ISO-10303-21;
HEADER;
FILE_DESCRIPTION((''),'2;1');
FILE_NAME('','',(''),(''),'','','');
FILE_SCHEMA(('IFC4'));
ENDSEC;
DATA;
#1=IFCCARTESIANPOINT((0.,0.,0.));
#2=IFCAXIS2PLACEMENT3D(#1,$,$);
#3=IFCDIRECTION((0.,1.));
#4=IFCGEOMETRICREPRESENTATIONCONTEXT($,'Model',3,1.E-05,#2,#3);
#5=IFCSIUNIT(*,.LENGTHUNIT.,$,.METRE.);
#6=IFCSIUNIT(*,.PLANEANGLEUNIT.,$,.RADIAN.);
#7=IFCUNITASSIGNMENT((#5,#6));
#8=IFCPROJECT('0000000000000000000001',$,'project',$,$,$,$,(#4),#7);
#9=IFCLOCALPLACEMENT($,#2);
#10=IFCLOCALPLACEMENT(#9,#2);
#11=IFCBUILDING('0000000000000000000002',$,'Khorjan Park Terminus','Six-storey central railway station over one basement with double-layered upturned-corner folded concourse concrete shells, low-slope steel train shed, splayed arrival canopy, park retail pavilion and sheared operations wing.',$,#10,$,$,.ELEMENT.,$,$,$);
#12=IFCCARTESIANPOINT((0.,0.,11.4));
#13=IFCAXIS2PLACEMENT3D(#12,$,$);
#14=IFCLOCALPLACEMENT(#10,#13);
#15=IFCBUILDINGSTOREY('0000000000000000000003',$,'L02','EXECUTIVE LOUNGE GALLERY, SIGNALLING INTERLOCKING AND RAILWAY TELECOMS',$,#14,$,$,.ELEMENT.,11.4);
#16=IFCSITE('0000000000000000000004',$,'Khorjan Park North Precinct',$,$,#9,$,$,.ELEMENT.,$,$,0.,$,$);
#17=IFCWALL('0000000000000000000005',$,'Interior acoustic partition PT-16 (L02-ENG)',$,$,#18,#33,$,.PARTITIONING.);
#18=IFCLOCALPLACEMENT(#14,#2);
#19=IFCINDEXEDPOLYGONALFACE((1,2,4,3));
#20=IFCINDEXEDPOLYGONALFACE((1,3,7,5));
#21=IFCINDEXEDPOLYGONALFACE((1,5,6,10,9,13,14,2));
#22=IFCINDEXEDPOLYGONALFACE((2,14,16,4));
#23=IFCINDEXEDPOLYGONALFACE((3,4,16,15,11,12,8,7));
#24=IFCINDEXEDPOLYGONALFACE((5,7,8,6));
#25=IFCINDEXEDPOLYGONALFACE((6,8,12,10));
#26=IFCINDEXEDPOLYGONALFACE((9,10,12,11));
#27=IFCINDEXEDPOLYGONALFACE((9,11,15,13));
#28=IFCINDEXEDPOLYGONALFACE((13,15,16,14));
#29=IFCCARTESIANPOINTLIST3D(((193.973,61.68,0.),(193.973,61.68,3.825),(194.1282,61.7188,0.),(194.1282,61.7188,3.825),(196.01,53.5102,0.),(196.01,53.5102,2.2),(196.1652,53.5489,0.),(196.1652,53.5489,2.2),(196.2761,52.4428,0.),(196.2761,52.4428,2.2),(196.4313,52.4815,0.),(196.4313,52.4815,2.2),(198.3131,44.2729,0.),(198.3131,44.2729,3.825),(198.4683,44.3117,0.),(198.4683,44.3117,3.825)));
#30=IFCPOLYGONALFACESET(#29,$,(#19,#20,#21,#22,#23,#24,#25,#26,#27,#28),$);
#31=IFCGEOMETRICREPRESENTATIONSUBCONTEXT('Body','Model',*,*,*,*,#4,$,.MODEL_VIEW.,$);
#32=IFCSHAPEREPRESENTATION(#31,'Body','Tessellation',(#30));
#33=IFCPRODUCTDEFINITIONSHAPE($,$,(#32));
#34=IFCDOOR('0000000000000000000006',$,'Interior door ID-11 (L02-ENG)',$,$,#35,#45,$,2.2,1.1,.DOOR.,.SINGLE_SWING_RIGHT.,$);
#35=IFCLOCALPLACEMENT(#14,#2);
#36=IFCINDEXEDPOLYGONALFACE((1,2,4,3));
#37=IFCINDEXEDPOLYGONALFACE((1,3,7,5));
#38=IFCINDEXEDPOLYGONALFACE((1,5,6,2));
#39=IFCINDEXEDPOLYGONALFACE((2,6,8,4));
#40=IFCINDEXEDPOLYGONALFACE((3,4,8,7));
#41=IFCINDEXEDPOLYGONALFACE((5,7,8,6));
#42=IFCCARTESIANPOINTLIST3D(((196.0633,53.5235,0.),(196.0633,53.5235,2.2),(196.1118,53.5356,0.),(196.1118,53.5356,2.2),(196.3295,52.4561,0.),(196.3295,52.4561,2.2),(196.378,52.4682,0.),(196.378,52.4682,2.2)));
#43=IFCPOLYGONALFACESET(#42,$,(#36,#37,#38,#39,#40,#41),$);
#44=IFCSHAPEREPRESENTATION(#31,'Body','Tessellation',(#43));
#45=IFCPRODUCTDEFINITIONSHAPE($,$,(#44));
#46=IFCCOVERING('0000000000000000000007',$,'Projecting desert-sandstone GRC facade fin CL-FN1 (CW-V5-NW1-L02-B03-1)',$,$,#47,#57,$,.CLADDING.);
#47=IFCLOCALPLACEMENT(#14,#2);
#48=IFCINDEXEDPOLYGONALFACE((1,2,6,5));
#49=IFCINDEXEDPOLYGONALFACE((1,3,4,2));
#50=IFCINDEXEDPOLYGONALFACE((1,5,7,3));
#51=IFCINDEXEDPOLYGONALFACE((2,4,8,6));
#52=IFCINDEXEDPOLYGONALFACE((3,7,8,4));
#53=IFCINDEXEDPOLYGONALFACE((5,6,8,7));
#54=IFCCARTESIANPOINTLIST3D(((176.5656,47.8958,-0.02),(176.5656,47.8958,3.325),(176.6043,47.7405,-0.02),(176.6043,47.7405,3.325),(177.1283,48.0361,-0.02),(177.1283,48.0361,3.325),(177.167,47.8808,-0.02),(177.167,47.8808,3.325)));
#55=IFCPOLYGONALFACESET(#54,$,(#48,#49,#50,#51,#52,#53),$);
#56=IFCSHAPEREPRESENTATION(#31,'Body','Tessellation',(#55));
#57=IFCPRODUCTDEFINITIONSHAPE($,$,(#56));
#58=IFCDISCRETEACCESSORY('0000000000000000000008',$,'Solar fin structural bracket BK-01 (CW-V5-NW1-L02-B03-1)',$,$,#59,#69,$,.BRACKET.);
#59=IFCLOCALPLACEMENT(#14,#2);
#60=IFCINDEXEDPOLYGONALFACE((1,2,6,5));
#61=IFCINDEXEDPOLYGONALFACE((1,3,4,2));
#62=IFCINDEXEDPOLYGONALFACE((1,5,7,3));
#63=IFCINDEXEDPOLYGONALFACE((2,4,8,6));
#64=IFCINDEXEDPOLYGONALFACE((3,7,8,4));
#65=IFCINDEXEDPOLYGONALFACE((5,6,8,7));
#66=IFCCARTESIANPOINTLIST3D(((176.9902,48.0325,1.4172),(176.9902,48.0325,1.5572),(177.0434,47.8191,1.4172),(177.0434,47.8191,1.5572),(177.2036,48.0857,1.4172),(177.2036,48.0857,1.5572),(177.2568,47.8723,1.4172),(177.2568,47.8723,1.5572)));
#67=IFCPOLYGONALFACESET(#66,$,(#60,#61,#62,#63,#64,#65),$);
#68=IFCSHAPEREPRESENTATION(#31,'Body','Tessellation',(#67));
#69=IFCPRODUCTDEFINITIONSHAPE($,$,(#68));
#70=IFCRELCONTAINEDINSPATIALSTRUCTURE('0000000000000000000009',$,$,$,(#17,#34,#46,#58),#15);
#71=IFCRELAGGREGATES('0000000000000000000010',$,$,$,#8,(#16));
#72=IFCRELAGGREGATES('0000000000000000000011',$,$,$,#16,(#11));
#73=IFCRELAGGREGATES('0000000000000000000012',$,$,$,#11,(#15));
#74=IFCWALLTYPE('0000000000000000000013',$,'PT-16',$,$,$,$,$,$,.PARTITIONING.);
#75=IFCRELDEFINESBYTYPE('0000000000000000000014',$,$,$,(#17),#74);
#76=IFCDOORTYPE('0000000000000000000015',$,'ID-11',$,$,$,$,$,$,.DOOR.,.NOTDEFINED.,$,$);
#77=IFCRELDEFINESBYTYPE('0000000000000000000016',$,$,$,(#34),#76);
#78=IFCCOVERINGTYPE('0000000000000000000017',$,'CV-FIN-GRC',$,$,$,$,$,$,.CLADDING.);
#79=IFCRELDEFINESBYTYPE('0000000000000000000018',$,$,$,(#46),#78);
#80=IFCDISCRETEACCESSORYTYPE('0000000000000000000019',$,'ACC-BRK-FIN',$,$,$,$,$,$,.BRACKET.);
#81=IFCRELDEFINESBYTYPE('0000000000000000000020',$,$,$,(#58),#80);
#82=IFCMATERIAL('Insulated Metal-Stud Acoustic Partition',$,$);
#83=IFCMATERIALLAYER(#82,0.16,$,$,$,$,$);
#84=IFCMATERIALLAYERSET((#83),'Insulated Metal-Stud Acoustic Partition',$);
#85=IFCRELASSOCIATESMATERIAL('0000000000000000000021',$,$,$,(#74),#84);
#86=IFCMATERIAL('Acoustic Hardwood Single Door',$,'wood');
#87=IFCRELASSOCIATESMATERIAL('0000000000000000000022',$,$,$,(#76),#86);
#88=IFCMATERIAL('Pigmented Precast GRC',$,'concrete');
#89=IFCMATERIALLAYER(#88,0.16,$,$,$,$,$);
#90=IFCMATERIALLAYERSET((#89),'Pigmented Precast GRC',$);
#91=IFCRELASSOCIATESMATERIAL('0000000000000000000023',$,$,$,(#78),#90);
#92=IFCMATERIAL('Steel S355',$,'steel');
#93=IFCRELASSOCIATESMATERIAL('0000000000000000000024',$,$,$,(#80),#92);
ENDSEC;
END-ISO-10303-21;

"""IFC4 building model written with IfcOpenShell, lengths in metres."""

from ifc_helpers import new_model, si_unit, direction, frame, frame_2d, origin, origin_2d, place, context, subcontext, project, spatial, rectangle, extrude, material, layer, layer_set, type_object, element, fill, save


model = new_model("IFC4")

# Units and contexts
model_context = context("Model", 3, precision=1e-05, world=origin(), true_north=direction((0.0, 1.0)))
body_context = subcontext(model_context, "Body", "Model", "MODEL_VIEW")
ifc_project = project(units=[si_unit("LENGTHUNIT", "METRE"), si_unit("PLANEANGLEUNIT", "RADIAN")], contexts=[model_context])

# Site, building, storey
site_placement = place(None, origin())
site = spatial("IfcSite", under=ifc_project, at=site_placement, Name="Khorjan Park North Precinct", CompositionType="ELEMENT", RefElevation=0.0)
building_placement = place(site_placement, origin())
building = spatial("IfcBuilding", under=site, at=building_placement, Name="Khorjan Park Terminus", Description="Six-storey central railway station over one basement with double-layered upturned-corner folded concourse concrete shells, low-slope steel train shed, splayed arrival canopy, park retail pavilion and sheared operations wing.", CompositionType="ELEMENT")
storey_placement = place(building_placement, frame((0.0, 0.0, 11.4)))
storey = spatial("IfcBuildingStorey", under=building, at=storey_placement, Name="L02", Description="EXECUTIVE LOUNGE GALLERY, SIGNALLING INTERLOCKING AND RAILWAY TELECOMS", CompositionType="ELEMENT", Elevation=11.4)

# Shared definitions
ifc_material_1 = material(Name="Steel S355", Category="steel")

# Shared definitions
ifc_material_2 = material(Name="Insulated Metal-Stud Acoustic Partition")
ifc_layer_1 = layer(ifc_material_2, 0.16)
ifc_layer_set_1 = layer_set([ifc_layer_1], Name="Insulated Metal-Stud Acoustic Partition")
wall_type = type_object("IfcWallType", Name="PT-16", PredefinedType="PARTITIONING", material=ifc_layer_set_1)

# Wall, opening, door
wall_1_placement = place(storey_placement, frame((194.0506, 61.6994, 0.0), z_axis=(0.0, 0.0, 1.0), x_axis=(0.241923, -0.970295, 0.0)))
wall_1 = element("IfcWall", 1, at=wall_1_placement, inside=storey, type_object=wall_type, Name="Interior acoustic partition PT-16 (L02-ENG)", PredefinedType="PARTITIONING", context=body_context, shape_type="SweptSolid", body=[
    extrude(rectangle(XDim=17.94, YDim=0.16, at=frame_2d((8.97, 0.0))), origin(), (0.0, 0.0, 1.0), 3.825),
])
opening_placement = place(wall_1_placement, frame((8.42, 0.0, 0.0)))
opening = element("IfcOpeningElement", 2, at=opening_placement, cuts=wall_1, PredefinedType="OPENING", context=body_context, shape_type="SweptSolid", body=[
    extrude(rectangle(XDim=1.1, YDim=2.2, at=frame_2d((0.55, 1.1))), frame((0.0, 0.09, 0.0), z_axis=(0.0, -1.0, 0.0), x_axis=(1.0, 0.0, 0.0)), (0.0, 0.0, 1.0), 0.18),
])
ifc_material_3 = material(Name="Acoustic Hardwood Single Door", Category="wood")
door_type = type_object("IfcDoorType", Name="ID-11", OperationType="NOTDEFINED", PredefinedType="DOOR", material=ifc_material_3)
door_placement = place(opening_placement, origin())
door = element("IfcDoor", 3, at=door_placement, inside=storey, type_object=door_type, Name="Interior door ID-11 (L02-ENG)", OperationType="SINGLE_SWING_RIGHT", OverallHeight=2.2, OverallWidth=1.1, PredefinedType="DOOR", context=body_context, shape_type="SweptSolid", body=[
    extrude(rectangle(XDim=1.1, YDim=2.2, at=frame_2d((0.55, 1.1))), frame((0.0, 0.025, 0.0), z_axis=(0.0, -1.0, 0.0), x_axis=(1.0, 0.0, 0.0)), (0.0, 0.0, 1.0), 0.05),
])
fill(opening, door)

# Covering
ifc_material_4 = material(Name="Pigmented Precast GRC", Category="concrete")
ifc_layer_2 = layer(ifc_material_4, 0.16)
ifc_layer_set_2 = layer_set([ifc_layer_2], Name="Pigmented Precast GRC")
covering_type = type_object("IfcCoveringType", Name="CV-FIN-GRC", PredefinedType="CLADDING", material=ifc_layer_set_2)
covering_placement = place(storey_placement, frame((176.8663, 47.8883, -0.02), z_axis=(0.0, 0.0, 1.0), x_axis=(0.970296, 0.241922, 0.0)))
element("IfcCovering", 4, at=covering_placement, inside=storey, type_object=covering_type, Name="Projecting desert-sandstone GRC facade fin CL-FN1 (CW-V5-NW1-L02-B03-1)", PredefinedType="CLADDING", context=body_context, shape_type="SweptSolid", body=[
    extrude(rectangle(XDim=0.58, YDim=0.16, at=origin_2d()), origin(), (0.0, 0.0, 1.0), 3.345),
])

# Discrete accessory
discrete_accessory_type = type_object("IfcDiscreteAccessoryType", Name="ACC-BRK-FIN", PredefinedType="BRACKET", material=ifc_material_1)
discrete_accessory_placement = place(storey_placement, frame((177.1235, 47.9524, 1.4172), z_axis=(0.0, 0.0, 1.0), x_axis=(0.241921, -0.970296, 0.0)))
element("IfcDiscreteAccessory", 5, at=discrete_accessory_placement, inside=storey, type_object=discrete_accessory_type, Name="Solar fin structural bracket BK-01 (CW-V5-NW1-L02-B03-1)", PredefinedType="BRACKET", context=body_context, shape_type="SweptSolid", body=[
    extrude(rectangle(XDim=0.22, YDim=0.22, at=origin_2d()), origin(), (0.0, 0.0, 1.0), 0.14),
])

save(model, "model.ifc")
